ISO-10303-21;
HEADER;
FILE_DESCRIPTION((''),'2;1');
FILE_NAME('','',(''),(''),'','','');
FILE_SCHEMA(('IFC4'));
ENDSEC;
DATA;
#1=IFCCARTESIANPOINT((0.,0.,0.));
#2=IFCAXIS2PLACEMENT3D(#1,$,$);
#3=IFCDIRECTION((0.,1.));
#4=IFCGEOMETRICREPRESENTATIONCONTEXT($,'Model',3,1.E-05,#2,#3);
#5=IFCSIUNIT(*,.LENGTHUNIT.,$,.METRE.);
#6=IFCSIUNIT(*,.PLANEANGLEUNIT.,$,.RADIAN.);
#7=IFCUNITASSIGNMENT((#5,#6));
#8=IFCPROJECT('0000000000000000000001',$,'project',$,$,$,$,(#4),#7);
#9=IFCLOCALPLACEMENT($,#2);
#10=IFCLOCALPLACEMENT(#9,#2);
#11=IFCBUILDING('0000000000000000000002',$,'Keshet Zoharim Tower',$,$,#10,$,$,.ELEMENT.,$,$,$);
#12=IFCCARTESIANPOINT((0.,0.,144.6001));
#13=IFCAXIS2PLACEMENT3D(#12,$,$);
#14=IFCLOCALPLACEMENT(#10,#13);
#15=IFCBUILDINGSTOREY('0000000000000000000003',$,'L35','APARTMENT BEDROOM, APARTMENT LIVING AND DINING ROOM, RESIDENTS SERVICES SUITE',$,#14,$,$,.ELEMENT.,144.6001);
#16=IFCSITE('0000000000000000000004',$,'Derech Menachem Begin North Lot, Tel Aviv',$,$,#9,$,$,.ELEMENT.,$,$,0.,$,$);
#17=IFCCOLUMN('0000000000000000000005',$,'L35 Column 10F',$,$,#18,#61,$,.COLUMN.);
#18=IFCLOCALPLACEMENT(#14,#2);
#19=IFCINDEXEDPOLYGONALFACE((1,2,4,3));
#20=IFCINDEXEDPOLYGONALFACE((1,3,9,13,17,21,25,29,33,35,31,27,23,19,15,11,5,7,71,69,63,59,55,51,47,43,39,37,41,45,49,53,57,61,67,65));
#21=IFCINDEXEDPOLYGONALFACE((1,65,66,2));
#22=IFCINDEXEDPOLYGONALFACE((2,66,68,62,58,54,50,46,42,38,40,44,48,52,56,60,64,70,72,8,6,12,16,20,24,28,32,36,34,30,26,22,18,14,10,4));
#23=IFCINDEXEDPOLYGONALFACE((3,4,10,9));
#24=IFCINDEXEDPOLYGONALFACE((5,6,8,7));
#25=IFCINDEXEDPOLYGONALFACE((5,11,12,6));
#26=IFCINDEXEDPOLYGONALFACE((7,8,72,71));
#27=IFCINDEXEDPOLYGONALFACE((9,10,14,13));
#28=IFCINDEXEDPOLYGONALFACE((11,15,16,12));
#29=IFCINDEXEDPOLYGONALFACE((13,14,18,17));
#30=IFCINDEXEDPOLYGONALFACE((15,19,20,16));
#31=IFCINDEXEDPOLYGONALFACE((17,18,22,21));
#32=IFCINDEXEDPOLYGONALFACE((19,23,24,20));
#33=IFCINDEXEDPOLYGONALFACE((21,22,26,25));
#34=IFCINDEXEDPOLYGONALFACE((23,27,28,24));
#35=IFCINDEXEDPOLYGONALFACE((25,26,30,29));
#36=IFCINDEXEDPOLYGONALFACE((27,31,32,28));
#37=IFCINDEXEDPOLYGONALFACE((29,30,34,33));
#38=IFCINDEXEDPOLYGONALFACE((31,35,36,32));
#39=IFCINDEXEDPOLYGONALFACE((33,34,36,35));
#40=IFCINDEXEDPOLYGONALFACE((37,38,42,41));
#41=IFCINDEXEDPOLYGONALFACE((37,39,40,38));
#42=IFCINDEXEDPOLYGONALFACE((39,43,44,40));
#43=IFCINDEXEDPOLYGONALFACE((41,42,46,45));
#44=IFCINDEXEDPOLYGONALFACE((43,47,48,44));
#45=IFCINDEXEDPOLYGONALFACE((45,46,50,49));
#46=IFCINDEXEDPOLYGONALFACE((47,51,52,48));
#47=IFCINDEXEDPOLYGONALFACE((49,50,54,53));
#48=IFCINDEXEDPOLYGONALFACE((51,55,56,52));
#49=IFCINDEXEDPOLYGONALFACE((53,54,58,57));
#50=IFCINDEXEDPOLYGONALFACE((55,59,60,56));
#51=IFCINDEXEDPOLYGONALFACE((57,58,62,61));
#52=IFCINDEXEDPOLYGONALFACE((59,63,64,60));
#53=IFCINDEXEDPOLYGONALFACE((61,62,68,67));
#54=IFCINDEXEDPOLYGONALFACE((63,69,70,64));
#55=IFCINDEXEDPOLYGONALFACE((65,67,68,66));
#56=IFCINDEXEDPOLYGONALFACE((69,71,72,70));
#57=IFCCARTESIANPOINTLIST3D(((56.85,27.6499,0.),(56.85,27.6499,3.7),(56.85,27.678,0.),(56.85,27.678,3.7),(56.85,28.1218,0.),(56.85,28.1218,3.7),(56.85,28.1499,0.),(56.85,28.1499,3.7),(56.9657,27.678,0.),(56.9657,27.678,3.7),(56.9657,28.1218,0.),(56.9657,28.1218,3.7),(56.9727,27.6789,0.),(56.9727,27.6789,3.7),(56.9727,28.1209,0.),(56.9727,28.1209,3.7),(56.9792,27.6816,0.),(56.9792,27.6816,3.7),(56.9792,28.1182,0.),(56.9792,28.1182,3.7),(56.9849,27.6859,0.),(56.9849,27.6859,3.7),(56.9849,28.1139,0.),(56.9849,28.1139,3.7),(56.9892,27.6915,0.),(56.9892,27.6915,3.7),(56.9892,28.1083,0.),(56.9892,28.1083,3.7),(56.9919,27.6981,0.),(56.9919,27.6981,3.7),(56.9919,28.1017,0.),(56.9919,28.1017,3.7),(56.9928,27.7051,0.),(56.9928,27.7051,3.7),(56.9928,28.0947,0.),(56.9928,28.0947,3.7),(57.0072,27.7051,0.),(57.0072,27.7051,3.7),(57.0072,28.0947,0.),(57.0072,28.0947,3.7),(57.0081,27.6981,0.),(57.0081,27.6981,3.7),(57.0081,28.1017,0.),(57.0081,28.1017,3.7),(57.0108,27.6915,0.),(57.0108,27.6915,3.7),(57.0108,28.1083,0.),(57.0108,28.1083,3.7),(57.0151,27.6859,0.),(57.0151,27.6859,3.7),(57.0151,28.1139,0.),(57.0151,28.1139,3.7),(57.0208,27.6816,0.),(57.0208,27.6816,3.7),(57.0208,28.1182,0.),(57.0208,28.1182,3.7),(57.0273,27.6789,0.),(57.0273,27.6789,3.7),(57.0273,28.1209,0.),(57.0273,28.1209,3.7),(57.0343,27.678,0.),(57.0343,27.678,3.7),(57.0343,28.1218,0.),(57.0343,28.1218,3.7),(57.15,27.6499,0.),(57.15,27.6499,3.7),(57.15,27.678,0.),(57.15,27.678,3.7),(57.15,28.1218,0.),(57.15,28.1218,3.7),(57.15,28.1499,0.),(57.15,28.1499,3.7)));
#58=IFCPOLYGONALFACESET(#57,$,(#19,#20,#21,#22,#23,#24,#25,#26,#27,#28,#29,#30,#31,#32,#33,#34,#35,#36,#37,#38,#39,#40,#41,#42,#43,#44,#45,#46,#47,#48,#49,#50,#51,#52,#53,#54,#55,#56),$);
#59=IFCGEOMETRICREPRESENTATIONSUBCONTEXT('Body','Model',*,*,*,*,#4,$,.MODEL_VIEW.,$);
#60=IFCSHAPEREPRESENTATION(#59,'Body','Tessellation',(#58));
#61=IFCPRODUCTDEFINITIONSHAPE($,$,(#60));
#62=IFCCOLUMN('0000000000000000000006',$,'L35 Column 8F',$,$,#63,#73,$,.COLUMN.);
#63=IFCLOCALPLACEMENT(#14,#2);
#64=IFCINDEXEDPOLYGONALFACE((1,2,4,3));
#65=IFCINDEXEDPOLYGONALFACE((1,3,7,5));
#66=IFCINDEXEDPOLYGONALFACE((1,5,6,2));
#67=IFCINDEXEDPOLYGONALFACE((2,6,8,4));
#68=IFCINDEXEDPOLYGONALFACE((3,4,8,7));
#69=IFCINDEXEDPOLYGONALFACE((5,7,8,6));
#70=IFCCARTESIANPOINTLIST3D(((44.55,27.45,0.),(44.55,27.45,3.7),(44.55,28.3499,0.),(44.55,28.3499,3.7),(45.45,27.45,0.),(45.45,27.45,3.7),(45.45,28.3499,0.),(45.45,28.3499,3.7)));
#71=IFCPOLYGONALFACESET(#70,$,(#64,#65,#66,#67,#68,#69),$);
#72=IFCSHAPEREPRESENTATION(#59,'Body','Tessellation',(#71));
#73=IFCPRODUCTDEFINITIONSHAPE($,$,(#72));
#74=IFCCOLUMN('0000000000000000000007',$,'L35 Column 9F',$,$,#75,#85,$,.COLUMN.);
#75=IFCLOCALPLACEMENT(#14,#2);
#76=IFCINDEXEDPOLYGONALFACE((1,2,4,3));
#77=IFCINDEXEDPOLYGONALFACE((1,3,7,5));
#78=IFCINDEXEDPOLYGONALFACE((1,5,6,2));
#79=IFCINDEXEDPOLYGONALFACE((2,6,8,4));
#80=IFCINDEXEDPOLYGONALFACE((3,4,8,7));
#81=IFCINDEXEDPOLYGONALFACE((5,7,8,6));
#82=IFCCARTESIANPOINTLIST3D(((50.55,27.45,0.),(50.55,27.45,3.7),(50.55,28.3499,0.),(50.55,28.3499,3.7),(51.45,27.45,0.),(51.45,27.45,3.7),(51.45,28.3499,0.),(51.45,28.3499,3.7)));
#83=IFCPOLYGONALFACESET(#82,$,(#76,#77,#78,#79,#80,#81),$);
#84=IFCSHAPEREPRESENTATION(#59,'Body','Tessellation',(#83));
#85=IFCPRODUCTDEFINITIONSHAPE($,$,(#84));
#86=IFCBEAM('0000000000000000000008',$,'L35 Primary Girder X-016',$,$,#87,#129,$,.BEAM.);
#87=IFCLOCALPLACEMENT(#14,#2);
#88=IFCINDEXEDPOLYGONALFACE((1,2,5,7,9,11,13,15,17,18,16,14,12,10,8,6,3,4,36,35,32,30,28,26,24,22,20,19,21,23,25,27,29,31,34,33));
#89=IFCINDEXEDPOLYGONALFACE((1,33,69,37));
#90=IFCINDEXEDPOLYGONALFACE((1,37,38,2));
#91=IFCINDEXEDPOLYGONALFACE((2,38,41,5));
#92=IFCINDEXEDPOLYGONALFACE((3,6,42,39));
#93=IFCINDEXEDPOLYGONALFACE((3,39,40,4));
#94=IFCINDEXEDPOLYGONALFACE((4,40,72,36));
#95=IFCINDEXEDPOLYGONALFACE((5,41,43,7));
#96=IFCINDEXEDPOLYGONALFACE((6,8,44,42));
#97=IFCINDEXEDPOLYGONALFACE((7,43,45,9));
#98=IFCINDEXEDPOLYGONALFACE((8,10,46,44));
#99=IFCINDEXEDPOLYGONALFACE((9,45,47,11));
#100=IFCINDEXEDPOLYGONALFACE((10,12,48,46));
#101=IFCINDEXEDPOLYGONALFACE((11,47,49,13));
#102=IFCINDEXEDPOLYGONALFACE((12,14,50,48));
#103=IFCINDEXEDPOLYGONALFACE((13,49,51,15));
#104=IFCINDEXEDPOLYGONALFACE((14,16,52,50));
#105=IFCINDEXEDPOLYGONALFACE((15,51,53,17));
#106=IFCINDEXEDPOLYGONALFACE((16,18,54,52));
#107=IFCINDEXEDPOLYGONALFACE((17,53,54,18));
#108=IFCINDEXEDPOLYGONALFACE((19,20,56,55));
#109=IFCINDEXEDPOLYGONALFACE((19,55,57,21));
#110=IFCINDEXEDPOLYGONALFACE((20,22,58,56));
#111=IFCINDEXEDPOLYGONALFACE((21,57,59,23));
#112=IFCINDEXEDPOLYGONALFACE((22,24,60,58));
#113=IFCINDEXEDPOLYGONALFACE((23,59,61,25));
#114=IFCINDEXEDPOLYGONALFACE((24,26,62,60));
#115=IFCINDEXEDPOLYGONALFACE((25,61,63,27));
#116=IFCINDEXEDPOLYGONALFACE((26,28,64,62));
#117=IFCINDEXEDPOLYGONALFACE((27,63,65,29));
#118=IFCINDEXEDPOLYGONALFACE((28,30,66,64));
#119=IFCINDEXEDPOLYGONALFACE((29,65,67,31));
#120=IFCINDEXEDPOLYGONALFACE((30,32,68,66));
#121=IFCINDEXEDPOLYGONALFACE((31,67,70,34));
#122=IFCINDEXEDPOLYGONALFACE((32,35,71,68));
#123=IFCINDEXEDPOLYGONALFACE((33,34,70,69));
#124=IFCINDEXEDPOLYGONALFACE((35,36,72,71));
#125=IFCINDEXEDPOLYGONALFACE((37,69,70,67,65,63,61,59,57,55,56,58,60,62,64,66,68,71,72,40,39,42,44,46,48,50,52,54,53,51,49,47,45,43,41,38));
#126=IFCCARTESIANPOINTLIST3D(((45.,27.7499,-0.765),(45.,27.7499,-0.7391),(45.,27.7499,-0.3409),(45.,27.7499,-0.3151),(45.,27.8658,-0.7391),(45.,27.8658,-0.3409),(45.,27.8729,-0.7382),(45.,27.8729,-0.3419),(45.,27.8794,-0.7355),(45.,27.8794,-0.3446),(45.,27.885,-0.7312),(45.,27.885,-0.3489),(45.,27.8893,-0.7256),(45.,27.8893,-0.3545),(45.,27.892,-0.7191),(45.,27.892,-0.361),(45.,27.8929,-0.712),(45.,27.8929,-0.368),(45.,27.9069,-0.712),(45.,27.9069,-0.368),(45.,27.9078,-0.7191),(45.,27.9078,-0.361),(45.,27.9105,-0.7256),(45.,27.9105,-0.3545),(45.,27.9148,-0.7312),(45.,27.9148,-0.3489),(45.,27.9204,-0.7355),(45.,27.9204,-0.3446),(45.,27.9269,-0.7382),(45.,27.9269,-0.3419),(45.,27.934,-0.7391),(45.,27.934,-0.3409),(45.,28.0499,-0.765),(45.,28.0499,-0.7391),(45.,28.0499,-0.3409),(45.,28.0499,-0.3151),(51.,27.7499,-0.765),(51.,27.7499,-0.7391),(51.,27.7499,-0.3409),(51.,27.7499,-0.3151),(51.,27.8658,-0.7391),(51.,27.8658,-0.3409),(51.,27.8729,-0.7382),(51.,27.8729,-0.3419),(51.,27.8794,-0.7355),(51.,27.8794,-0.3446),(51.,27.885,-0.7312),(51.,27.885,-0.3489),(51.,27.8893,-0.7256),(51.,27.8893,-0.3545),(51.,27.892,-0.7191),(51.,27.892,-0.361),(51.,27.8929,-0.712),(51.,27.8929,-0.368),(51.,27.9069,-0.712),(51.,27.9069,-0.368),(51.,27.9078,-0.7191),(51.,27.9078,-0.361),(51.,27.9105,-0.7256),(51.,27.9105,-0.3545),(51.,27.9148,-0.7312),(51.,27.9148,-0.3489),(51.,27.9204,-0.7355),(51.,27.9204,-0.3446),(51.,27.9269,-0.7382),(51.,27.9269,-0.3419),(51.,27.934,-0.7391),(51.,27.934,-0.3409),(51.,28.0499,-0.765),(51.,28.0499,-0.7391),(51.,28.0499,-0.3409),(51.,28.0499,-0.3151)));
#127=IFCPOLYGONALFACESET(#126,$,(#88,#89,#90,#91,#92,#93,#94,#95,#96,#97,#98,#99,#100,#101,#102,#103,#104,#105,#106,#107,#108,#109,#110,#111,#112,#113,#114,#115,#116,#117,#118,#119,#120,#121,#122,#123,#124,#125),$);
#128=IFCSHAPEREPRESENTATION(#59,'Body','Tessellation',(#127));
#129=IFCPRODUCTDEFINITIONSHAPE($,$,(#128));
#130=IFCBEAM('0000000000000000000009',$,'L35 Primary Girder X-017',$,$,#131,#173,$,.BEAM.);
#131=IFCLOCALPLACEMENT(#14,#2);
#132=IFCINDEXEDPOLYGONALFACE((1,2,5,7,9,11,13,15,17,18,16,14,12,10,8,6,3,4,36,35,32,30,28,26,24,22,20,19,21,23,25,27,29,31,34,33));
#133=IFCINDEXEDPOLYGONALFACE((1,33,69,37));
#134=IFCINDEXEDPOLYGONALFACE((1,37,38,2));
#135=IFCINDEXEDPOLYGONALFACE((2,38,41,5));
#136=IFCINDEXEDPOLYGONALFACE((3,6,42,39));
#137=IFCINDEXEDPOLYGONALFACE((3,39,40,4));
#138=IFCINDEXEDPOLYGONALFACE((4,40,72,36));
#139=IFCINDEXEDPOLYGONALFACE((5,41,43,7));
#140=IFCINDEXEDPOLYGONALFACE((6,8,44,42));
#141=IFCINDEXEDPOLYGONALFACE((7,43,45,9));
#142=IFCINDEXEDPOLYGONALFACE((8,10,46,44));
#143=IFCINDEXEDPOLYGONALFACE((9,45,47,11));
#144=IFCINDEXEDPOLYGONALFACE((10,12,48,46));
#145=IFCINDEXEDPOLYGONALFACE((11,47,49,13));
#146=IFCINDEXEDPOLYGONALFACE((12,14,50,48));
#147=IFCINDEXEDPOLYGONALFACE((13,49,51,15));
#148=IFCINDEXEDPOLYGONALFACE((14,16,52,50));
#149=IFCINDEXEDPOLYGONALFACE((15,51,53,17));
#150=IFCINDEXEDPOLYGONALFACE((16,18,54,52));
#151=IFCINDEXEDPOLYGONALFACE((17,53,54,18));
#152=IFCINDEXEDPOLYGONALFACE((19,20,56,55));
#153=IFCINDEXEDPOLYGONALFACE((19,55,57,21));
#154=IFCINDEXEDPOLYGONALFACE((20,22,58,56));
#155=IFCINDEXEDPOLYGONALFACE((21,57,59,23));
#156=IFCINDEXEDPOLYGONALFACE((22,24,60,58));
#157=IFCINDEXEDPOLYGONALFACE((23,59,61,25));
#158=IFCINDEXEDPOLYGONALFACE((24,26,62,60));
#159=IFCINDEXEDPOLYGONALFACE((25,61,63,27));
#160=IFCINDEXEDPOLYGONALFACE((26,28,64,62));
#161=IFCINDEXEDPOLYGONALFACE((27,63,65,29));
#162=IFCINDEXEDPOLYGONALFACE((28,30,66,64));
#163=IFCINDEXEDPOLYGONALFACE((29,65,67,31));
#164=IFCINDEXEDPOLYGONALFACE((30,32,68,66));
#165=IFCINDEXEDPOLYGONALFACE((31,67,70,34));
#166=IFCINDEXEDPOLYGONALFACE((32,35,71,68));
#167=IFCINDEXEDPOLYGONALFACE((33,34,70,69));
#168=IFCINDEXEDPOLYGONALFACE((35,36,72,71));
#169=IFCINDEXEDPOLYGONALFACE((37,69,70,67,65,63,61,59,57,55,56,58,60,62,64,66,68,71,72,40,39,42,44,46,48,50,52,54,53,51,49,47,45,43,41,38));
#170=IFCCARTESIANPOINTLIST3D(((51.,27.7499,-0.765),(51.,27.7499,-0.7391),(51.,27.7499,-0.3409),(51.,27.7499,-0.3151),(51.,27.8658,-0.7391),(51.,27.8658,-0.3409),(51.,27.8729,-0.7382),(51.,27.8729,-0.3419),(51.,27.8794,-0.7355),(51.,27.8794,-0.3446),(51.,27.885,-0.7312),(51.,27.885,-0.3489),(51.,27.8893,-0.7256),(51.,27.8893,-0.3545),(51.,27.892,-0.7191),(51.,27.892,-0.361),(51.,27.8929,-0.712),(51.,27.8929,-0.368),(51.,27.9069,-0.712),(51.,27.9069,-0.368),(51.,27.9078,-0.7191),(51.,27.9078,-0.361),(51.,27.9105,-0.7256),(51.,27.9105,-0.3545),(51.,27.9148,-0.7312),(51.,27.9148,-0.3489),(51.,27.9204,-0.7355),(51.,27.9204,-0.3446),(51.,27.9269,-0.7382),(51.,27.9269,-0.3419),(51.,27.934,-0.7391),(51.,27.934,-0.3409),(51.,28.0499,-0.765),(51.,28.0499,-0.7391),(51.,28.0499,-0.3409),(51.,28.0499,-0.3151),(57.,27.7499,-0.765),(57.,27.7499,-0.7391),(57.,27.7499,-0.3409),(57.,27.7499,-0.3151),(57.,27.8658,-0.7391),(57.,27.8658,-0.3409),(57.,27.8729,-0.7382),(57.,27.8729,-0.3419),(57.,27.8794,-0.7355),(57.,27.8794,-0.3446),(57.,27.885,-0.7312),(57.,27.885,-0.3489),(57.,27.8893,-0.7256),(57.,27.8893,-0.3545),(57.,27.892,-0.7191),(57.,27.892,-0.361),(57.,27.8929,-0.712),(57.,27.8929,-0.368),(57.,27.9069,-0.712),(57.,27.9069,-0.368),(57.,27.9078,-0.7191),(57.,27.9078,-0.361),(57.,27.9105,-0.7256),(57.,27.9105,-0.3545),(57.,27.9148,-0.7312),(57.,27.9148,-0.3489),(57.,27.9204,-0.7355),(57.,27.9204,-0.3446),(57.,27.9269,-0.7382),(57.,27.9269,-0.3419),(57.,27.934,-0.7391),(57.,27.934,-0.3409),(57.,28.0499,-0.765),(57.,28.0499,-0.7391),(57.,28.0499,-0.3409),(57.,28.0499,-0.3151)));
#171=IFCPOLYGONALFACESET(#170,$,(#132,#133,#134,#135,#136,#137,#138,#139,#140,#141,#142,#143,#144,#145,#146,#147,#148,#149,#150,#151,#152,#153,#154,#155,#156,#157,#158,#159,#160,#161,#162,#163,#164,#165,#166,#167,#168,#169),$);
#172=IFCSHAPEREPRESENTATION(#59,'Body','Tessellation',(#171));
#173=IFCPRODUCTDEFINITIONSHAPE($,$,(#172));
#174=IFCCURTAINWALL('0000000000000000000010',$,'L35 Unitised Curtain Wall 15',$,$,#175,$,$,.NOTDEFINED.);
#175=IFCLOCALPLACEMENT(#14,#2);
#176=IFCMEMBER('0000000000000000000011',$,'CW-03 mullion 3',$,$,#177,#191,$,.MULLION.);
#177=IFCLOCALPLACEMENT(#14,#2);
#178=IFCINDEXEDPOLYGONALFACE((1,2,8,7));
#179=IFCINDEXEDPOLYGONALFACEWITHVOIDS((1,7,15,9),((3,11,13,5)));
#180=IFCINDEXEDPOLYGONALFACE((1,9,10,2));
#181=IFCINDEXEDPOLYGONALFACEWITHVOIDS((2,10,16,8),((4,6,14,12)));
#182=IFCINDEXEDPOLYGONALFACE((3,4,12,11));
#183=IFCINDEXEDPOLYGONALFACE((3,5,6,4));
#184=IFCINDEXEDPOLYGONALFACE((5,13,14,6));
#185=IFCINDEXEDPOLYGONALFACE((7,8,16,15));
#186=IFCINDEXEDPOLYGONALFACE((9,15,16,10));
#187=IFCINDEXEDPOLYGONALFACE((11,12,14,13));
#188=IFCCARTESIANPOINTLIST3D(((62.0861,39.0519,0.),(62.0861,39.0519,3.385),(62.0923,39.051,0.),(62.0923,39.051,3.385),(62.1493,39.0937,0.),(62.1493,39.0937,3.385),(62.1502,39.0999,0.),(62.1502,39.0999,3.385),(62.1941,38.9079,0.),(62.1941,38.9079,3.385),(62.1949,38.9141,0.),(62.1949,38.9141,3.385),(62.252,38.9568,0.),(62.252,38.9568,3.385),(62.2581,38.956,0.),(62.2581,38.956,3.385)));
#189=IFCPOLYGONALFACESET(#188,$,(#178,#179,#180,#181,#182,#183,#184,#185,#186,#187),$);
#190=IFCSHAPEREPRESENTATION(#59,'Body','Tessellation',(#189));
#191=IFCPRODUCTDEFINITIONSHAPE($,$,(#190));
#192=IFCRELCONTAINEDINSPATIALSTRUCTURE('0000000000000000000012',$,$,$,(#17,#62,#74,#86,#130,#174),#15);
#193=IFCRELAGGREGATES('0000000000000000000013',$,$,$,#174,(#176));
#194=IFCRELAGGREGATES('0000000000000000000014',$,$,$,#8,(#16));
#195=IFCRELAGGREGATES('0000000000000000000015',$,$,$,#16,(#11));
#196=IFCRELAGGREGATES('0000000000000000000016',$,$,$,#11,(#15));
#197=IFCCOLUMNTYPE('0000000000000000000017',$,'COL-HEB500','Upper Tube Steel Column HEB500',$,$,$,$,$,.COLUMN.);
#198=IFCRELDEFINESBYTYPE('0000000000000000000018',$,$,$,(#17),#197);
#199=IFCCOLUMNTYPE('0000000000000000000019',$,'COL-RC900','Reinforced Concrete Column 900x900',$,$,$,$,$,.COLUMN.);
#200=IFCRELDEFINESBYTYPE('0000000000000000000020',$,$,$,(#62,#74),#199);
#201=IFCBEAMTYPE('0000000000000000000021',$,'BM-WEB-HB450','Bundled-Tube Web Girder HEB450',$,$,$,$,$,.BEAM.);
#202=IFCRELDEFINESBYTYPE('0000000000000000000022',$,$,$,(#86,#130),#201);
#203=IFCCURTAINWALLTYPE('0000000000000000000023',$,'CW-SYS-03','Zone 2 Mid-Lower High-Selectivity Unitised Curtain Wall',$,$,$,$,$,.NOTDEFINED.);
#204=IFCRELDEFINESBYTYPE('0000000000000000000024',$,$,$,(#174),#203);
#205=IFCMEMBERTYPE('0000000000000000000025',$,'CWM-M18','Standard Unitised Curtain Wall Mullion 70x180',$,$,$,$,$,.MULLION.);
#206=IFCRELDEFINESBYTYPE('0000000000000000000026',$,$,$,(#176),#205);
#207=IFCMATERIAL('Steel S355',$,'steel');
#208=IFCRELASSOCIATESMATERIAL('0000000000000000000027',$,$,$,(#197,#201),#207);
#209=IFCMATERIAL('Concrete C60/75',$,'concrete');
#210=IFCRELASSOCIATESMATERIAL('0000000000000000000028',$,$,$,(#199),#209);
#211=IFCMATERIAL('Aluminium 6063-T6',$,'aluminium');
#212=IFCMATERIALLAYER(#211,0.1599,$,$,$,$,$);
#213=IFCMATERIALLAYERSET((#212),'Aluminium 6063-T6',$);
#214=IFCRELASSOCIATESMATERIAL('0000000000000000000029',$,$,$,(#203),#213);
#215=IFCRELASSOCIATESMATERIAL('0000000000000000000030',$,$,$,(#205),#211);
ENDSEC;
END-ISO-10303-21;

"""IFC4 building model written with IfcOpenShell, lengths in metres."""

from ifc_helpers import new_model, si_unit, direction, frame, origin, origin_2d, place, context, subcontext, project, spatial, rectangle, hollow_rectangle, i_section, extrude, material, layer, layer_set, material_profile, profile_set, type_object, element, aggregate, save


model = new_model("IFC4")

# Units and contexts
model_context = context("Model", 3, precision=1e-05, world=origin(), true_north=direction((0.0, 1.0)))
body_context = subcontext(model_context, "Body", "Model", "MODEL_VIEW")
ifc_project = project(units=[si_unit("LENGTHUNIT", "METRE"), si_unit("PLANEANGLEUNIT", "RADIAN")], contexts=[model_context])

# Site, building, storey
site_placement = place(None, origin())
site = spatial("IfcSite", under=ifc_project, at=site_placement, Name="Derech Menachem Begin North Lot, Tel Aviv", CompositionType="ELEMENT", RefElevation=0.0)
building_placement = place(site_placement, origin())
building = spatial("IfcBuilding", under=site, at=building_placement, Name="Keshet Zoharim Tower", CompositionType="ELEMENT")
storey_placement = place(building_placement, frame((0.0, 0.0, 144.6001)))
storey = spatial("IfcBuildingStorey", under=building, at=storey_placement, Name="L35", Description="APARTMENT BEDROOM, APARTMENT LIVING AND DINING ROOM, RESIDENTS SERVICES SUITE", CompositionType="ELEMENT", Elevation=144.6001)

# Columns
ifc_material_1 = material(Name="Steel S355", Category="steel")
ifc_material_profile_1 = material_profile(ifc_material_1, i_section(OverallWidth=0.3, OverallDepth=0.5, WebThickness=0.0144, FlangeThickness=0.0281, FilletRadius=0.0271, at=origin_2d()), Name="HEB500")
ifc_profile_set_1 = profile_set([ifc_material_profile_1], Name="Steel S355")
column_type_1 = type_object("IfcColumnType", Name="COL-HEB500", Description="Upper Tube Steel Column HEB500", PredefinedType="COLUMN", material=ifc_profile_set_1)
column_placement = place(storey_placement, frame((57.0, 27.8999, 0.0), z_axis=(0.0, 0.0, 1.0), x_axis=(1.0, 0.0, 0.0)))
element("IfcColumn", 1, at=column_placement, inside=storey, type_object=column_type_1, Name="L35 Column 10F", PredefinedType="COLUMN", context=body_context, shape_type="SweptSolid", body=[
    extrude(i_section(OverallWidth=0.3, OverallDepth=0.5, WebThickness=0.0144, FlangeThickness=0.0281, FilletRadius=0.0271, at=origin_2d()), origin(), (0.0, 0.0, 1.0), 3.7),
])
ifc_material_2 = material(Name="Concrete C60/75", Category="concrete")
ifc_material_profile_2 = material_profile(ifc_material_2, rectangle(XDim=0.8999, YDim=0.8999, at=origin_2d()), Name="RC900x900")
ifc_profile_set_2 = profile_set([ifc_material_profile_2], Name="Concrete C60/75")
column_type_2 = type_object("IfcColumnType", Name="COL-RC900", Description="Reinforced Concrete Column 900x900", PredefinedType="COLUMN", material=ifc_profile_set_2)
for number, where, z_axis, x_axis, name in (
    (2, (45.0, 27.8999, 0.0), (0.0, 0.0, 1.0), (1.0, 0.0, 0.0), "L35 Column 8F"),
    (3, (51.0, 27.8999, 0.0), (0.0, 0.0, 1.0), (1.0, 0.0, 0.0), "L35 Column 9F"),
):
    element("IfcColumn", number, at=place(storey_placement, frame(where, z_axis=z_axis, x_axis=x_axis)), inside=storey, type_object=column_type_2, Name=name, PredefinedType="COLUMN", context=body_context, shape_type="SweptSolid", body=[
        extrude(rectangle(XDim=0.8999, YDim=0.8999, at=origin_2d()), origin(), (0.0, 0.0, 1.0), 3.7),
    ])

# Beams
ifc_material_profile_3 = material_profile(ifc_material_1, i_section(OverallWidth=0.3, OverallDepth=0.45, WebThickness=0.0139, FlangeThickness=0.0259, FilletRadius=0.0271, at=origin_2d()), Name="HEB450")
ifc_profile_set_3 = profile_set([ifc_material_profile_3], Name="Steel S355")
beam_type = type_object("IfcBeamType", Name="BM-WEB-HB450", Description="Bundled-Tube Web Girder HEB450", PredefinedType="BEAM", material=ifc_profile_set_3)
for number, where, z_axis, x_axis, name in (
    (4, (45.0, 27.8999, -0.54), (1.0, 0.0, 0.0), (0.0, 1.0, 0.0), "L35 Primary Girder X-016"),
    (5, (51.0, 27.8999, -0.54), (1.0, 0.0, 0.0), (0.0, 1.0, 0.0), "L35 Primary Girder X-017"),
):
    element("IfcBeam", number, at=place(storey_placement, frame(where, z_axis=z_axis, x_axis=x_axis)), inside=storey, type_object=beam_type, Name=name, PredefinedType="BEAM", context=body_context, shape_type="SweptSolid", body=[
        extrude(i_section(OverallWidth=0.3, OverallDepth=0.45, WebThickness=0.0139, FlangeThickness=0.0259, FilletRadius=0.0271, at=origin_2d()), origin(), (0.0, 0.0, 1.0), 6.0),
    ])

# Curtain wall, member
ifc_material_3 = material(Name="Aluminium 6063-T6", Category="aluminium")
ifc_layer_1 = layer(ifc_material_3, 0.1599)
ifc_layer_set_1 = layer_set([ifc_layer_1], Name="Aluminium 6063-T6")
curtain_wall_type = type_object("IfcCurtainWallType", Name="CW-SYS-03", Description="Zone 2 Mid-Lower High-Selectivity Unitised Curtain Wall", PredefinedType="NOTDEFINED", material=ifc_layer_set_1)
curtain_wall_1_placement = place(storey_placement, origin())
curtain_wall_1 = element("IfcCurtainWall", 6, at=curtain_wall_1_placement, inside=storey, type_object=curtain_wall_type, Name="L35 Unitised Curtain Wall 15", PredefinedType="NOTDEFINED")
ifc_material_profile_4 = material_profile(ifc_material_3, hollow_rectangle(XDim=0.0801, YDim=0.1799, WallThickness=0.0044, at=origin_2d()), Name="MUL-80x180")
ifc_profile_set_4 = profile_set([ifc_material_profile_4], Name="Aluminium 6063-T6")
member_type_1 = type_object("IfcMemberType", Name="CWM-M18", Description="Standard Unitised Curtain Wall Mullion 70x180", PredefinedType="MULLION", material=ifc_profile_set_4)
member_1_placement = place(storey_placement, frame((62.1721, 39.0039, 0.0), z_axis=(0.0, 0.0, 1.0), x_axis=(0.8, 0.6, 0.0)))
member_1 = element("IfcMember", 7, at=member_1_placement, type_object=member_type_1, Name="CW-03 mullion 3", PredefinedType="MULLION", context=body_context, shape_type="SweptSolid", body=[
    extrude(hollow_rectangle(XDim=0.0801, YDim=0.1799, WallThickness=0.0044, at=origin_2d()), origin(), (0.0, 0.0, 1.0), 3.385),
])
aggregate(curtain_wall_1, [member_1])

save(model, "model.ifc")
